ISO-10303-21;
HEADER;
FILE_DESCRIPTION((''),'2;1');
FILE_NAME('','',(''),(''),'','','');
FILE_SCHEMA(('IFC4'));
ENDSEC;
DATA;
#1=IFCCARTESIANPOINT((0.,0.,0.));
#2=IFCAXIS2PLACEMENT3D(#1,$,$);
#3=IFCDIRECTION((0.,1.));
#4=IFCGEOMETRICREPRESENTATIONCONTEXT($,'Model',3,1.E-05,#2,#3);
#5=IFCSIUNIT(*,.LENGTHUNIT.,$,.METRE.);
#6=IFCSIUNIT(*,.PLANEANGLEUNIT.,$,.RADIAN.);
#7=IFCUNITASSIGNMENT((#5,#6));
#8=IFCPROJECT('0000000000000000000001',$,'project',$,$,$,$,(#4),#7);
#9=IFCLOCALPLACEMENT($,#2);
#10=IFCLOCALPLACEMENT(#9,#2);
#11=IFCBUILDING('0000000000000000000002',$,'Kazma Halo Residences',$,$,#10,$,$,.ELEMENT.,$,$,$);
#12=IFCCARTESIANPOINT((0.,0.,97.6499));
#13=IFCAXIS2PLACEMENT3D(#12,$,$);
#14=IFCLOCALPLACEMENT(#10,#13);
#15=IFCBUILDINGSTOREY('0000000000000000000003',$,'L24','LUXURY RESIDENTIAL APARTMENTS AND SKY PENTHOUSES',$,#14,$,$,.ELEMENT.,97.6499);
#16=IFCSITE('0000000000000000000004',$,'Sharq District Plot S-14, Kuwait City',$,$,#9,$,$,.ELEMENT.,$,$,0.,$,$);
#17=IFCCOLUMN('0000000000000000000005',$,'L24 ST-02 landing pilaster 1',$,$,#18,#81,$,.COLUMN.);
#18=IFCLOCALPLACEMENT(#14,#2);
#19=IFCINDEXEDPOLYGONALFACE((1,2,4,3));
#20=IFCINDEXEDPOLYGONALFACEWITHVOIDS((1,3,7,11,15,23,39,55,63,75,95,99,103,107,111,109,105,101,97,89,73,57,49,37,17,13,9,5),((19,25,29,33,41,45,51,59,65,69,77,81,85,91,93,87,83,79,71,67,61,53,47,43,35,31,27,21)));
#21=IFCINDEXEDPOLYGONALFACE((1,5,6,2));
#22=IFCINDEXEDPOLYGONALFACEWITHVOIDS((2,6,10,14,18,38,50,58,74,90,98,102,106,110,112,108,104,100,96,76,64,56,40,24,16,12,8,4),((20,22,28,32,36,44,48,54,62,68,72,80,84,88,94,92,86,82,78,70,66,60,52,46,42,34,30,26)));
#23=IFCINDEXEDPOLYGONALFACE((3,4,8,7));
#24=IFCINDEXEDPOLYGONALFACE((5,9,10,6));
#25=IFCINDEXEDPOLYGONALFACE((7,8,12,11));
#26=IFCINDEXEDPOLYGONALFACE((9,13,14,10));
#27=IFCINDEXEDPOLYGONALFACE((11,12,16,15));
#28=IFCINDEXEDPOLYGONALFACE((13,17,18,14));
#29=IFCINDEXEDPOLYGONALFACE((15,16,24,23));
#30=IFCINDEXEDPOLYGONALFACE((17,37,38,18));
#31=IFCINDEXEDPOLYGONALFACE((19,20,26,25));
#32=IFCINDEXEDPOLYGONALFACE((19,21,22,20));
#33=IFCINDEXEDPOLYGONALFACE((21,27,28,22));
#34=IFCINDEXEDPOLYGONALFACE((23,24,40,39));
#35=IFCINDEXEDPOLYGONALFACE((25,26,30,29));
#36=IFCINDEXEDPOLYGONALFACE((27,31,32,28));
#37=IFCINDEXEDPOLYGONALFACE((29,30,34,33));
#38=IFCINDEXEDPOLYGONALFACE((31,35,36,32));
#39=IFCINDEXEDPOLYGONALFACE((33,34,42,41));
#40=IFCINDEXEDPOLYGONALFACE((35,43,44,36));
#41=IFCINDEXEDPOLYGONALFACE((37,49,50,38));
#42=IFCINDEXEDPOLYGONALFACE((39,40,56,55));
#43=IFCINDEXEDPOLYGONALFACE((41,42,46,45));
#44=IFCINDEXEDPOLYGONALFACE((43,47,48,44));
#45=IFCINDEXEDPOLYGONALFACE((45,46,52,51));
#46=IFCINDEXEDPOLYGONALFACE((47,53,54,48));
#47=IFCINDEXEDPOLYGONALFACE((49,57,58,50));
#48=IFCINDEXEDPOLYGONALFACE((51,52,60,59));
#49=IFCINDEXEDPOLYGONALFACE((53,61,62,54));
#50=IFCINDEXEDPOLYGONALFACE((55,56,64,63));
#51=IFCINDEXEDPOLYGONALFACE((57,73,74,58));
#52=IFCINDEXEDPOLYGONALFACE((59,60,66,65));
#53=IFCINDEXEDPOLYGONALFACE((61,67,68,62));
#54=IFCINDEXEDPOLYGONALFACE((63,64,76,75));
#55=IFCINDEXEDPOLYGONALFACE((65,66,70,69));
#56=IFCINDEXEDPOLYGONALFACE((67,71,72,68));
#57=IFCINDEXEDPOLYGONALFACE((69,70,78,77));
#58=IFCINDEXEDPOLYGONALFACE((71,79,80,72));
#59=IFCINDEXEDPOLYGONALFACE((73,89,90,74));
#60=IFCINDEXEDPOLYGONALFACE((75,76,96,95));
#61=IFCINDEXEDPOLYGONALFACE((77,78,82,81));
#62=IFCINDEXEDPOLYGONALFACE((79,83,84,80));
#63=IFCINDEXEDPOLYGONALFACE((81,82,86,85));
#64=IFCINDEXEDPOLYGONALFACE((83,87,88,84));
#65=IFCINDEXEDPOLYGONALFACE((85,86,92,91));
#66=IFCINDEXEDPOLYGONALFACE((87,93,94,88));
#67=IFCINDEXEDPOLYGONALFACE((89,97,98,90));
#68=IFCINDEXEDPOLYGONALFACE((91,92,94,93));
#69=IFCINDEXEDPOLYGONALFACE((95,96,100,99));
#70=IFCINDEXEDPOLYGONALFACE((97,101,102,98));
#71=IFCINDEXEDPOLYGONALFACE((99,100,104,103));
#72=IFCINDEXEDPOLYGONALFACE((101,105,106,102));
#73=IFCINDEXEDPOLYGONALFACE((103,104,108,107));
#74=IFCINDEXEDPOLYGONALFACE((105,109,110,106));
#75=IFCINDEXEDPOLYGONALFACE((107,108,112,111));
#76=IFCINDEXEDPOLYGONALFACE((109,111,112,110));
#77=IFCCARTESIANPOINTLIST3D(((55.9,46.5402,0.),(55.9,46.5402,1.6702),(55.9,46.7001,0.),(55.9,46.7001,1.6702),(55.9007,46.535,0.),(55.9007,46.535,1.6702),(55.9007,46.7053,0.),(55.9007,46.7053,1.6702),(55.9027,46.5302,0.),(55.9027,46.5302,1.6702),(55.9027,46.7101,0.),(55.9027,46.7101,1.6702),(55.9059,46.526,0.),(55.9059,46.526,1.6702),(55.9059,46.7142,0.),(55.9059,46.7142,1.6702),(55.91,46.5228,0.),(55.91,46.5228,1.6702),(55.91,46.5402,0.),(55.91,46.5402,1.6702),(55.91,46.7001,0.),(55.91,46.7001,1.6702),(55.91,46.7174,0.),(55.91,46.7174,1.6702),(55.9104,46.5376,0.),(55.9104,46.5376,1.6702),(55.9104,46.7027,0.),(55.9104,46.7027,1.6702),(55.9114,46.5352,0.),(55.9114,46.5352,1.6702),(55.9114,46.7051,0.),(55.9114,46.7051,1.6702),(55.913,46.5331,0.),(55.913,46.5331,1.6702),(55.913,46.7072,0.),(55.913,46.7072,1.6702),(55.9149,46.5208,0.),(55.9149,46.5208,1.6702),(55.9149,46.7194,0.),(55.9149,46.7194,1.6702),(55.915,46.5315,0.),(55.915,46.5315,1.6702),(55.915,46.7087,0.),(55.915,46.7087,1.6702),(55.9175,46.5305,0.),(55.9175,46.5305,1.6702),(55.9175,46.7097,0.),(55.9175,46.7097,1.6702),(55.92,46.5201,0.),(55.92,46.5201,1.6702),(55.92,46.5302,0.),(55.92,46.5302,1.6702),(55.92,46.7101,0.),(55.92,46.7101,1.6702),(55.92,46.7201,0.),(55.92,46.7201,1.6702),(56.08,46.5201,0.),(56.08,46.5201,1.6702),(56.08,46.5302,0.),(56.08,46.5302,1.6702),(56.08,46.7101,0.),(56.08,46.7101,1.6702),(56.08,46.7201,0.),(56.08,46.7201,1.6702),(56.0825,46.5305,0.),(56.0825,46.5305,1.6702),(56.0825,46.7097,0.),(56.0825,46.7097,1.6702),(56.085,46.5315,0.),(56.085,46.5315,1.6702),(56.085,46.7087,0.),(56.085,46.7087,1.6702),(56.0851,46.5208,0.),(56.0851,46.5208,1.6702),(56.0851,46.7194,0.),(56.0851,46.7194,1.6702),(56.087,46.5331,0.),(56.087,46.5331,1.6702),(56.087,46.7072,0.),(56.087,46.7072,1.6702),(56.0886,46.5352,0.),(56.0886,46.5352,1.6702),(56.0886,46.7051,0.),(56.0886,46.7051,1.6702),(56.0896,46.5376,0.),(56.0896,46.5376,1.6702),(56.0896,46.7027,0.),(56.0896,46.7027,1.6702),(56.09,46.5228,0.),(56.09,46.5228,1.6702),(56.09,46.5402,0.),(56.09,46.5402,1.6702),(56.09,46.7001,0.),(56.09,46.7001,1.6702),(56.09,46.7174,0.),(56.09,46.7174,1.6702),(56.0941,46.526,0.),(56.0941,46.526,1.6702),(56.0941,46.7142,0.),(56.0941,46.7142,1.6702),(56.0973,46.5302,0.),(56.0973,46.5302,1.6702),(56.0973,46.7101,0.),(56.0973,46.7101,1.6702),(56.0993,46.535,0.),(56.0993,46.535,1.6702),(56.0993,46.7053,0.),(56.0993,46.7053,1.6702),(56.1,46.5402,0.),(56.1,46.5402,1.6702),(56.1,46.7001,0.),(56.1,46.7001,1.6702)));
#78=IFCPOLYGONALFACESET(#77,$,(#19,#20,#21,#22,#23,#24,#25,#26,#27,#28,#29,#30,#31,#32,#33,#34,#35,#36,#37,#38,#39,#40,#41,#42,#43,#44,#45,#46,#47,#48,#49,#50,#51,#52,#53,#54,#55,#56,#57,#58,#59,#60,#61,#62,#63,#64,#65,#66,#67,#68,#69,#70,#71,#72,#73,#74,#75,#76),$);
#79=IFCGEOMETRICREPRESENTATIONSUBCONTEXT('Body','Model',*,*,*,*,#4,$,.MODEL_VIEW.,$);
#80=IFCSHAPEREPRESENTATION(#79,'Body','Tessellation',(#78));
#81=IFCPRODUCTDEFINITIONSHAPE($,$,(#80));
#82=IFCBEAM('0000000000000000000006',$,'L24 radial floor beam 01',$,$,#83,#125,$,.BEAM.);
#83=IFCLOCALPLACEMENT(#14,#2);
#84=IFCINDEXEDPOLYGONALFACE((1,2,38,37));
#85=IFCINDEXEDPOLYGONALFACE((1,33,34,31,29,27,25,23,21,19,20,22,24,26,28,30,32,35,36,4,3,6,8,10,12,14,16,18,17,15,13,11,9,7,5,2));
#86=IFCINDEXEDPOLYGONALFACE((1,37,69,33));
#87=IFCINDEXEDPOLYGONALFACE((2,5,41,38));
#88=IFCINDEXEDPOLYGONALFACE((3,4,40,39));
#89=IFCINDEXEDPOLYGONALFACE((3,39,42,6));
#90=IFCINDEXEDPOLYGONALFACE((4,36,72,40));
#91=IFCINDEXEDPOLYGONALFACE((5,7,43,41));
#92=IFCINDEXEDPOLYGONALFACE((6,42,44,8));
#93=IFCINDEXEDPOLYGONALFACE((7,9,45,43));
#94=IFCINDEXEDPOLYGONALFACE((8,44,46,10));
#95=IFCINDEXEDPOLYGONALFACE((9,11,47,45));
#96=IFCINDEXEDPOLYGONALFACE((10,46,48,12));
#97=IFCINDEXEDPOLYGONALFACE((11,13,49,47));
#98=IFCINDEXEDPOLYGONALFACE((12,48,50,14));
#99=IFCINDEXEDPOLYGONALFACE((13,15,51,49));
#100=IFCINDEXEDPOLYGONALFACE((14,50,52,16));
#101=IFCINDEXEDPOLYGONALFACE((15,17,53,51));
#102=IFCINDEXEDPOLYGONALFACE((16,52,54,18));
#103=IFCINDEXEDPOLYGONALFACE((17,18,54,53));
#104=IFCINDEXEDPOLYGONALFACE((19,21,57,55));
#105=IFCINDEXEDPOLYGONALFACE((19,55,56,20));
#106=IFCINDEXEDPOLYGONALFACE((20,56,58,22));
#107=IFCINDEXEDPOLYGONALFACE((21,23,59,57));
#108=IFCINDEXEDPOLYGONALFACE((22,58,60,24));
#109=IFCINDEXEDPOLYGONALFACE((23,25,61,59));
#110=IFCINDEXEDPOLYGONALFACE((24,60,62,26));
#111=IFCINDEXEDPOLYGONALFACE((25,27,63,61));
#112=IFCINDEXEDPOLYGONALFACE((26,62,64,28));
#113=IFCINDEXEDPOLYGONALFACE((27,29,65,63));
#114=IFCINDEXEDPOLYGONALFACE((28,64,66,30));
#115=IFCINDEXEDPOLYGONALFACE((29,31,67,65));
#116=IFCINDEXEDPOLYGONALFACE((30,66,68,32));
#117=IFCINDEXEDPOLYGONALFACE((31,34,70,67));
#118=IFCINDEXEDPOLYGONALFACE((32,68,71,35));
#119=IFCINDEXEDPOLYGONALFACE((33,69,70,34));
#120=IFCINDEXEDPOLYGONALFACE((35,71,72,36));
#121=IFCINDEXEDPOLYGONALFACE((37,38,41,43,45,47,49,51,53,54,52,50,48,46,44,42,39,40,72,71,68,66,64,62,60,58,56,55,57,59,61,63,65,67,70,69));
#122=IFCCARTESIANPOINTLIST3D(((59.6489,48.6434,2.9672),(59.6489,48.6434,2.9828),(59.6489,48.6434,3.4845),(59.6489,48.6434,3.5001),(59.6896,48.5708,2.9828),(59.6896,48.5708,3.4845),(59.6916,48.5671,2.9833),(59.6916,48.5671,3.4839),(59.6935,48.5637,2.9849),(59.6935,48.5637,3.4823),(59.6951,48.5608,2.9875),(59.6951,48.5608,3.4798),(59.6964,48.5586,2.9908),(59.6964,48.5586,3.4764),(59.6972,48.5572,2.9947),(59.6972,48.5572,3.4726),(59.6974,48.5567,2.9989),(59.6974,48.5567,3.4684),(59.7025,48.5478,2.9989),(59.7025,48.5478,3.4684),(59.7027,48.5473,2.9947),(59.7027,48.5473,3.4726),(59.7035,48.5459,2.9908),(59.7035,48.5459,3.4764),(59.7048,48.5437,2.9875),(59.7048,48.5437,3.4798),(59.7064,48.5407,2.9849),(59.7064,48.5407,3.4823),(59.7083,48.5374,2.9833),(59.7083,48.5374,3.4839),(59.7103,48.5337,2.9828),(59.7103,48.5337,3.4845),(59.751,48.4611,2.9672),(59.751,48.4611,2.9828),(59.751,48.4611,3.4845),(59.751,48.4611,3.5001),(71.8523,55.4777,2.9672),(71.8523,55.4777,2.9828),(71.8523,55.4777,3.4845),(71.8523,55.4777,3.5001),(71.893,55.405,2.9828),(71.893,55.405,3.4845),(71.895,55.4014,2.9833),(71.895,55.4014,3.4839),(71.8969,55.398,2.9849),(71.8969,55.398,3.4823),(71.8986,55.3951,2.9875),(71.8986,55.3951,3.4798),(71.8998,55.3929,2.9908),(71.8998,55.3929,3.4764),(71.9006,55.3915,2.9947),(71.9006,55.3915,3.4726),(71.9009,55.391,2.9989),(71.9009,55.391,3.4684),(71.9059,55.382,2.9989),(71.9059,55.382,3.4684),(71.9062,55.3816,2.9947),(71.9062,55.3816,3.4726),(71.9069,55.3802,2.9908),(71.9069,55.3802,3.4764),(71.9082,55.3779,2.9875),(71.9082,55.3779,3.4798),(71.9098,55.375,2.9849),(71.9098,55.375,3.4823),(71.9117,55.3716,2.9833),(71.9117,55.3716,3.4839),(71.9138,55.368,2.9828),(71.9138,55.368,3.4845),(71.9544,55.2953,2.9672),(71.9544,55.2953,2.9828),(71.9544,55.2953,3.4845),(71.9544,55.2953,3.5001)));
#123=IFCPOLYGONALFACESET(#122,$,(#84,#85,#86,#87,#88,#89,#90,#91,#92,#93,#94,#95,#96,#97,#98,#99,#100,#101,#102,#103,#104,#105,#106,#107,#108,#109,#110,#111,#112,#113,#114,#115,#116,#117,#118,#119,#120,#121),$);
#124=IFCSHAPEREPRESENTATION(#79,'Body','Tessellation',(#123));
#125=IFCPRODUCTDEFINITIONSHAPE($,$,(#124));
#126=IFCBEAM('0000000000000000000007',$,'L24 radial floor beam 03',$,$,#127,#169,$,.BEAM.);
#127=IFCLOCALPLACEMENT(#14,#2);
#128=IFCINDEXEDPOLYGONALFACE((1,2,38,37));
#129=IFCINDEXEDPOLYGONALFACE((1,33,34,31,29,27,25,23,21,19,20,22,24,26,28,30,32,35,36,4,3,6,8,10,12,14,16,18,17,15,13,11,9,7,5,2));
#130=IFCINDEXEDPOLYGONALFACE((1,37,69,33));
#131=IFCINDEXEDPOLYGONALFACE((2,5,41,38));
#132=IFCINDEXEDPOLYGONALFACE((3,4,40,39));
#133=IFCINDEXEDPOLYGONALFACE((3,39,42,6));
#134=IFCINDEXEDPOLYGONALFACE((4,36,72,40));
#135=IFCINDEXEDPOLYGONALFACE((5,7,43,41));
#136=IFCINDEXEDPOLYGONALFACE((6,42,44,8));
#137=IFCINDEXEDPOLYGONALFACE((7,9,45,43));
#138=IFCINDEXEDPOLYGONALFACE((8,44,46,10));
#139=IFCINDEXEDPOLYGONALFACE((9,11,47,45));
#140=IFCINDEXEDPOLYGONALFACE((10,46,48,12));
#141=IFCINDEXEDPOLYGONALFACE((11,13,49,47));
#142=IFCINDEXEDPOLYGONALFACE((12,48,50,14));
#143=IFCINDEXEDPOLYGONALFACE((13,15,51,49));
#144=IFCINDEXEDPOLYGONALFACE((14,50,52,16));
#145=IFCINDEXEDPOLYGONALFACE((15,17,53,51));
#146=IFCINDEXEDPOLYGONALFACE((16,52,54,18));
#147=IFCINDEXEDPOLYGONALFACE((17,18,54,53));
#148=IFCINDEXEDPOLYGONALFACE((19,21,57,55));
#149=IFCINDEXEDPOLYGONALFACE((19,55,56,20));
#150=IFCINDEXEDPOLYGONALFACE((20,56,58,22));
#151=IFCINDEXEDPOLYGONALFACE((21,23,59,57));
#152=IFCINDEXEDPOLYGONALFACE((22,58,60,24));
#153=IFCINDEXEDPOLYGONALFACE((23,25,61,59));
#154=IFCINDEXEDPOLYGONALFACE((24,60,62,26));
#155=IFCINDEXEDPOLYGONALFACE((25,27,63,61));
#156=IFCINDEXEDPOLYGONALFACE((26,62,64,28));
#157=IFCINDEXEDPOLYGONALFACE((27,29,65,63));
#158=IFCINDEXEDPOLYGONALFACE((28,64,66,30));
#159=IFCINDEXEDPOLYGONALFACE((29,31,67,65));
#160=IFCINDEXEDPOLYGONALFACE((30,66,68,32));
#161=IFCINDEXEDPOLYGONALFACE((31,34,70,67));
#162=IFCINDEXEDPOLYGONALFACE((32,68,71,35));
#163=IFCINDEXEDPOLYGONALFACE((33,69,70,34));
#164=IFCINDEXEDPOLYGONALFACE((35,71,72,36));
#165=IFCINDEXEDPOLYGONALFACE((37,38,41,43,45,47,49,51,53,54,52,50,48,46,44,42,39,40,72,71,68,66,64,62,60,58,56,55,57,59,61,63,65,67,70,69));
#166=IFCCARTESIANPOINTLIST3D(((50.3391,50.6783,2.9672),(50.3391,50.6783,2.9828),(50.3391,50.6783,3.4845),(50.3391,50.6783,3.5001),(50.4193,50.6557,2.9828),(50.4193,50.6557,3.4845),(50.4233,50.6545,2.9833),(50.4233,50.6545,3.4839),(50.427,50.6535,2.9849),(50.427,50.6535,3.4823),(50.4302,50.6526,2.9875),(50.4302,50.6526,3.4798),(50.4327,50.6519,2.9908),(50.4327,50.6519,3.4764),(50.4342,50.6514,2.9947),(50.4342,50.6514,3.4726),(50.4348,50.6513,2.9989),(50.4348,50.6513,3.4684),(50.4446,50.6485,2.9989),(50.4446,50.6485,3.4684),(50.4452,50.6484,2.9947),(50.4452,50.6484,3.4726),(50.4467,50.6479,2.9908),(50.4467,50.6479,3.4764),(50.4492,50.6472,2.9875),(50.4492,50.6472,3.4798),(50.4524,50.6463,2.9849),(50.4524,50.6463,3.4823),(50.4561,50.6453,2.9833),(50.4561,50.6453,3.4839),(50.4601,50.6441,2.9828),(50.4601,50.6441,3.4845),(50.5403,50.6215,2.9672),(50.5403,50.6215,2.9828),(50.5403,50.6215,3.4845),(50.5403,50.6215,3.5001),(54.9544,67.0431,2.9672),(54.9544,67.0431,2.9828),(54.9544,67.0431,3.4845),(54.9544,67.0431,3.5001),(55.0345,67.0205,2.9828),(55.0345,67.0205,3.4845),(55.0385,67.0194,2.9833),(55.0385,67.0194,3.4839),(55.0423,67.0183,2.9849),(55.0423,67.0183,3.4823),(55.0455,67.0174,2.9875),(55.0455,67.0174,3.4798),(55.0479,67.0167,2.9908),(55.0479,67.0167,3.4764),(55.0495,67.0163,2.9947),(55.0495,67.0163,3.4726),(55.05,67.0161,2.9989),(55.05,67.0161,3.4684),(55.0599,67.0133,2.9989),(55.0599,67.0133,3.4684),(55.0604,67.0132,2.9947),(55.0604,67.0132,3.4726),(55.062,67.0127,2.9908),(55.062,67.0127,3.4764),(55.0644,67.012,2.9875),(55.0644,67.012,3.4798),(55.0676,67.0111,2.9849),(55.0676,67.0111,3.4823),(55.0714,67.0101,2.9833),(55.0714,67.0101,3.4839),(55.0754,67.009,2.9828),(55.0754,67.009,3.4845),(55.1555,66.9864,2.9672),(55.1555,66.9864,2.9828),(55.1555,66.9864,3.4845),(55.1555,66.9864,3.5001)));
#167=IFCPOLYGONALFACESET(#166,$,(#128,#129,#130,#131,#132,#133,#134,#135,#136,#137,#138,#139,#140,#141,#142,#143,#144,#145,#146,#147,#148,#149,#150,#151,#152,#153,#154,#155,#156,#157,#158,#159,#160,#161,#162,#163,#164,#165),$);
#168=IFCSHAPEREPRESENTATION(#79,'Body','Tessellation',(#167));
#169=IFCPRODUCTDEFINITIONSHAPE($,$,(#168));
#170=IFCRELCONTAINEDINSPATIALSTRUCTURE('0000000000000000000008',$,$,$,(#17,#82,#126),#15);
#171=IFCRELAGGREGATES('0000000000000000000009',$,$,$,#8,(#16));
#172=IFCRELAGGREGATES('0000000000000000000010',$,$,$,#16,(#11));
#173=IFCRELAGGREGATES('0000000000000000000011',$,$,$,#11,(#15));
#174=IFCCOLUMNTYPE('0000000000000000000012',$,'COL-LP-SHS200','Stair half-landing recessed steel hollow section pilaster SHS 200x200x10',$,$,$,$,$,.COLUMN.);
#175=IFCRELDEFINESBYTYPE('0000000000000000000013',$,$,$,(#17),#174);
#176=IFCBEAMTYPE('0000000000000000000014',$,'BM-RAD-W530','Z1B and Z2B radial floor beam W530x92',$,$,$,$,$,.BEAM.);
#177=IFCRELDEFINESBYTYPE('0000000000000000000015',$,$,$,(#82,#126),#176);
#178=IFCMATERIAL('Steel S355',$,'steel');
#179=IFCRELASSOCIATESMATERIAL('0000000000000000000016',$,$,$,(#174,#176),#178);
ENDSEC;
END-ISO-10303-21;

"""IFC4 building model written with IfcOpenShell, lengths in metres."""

from ifc_helpers import new_model, si_unit, direction, frame, origin, origin_2d, place, context, subcontext, project, spatial, hollow_rectangle, i_section, extrude, material, material_profile, profile_set, type_object, element, save


model = new_model("IFC4")

# Units and contexts
model_context = context("Model", 3, precision=1e-05, world=origin(), true_north=direction((0.0, 1.0)))
body_context = subcontext(model_context, "Body", "Model", "MODEL_VIEW")
ifc_project = project(units=[si_unit("LENGTHUNIT", "METRE"), si_unit("PLANEANGLEUNIT", "RADIAN")], contexts=[model_context])

# Site, building, storey
site_placement = place(None, origin())
site = spatial("IfcSite", under=ifc_project, at=site_placement, Name="Sharq District Plot S-14, Kuwait City", CompositionType="ELEMENT", RefElevation=0.0)
building_placement = place(site_placement, origin())
building = spatial("IfcBuilding", under=site, at=building_placement, Name="Kazma Halo Residences", CompositionType="ELEMENT")
storey_placement = place(building_placement, frame((0.0, 0.0, 97.6499)))
storey = spatial("IfcBuildingStorey", under=building, at=storey_placement, Name="L24", Description="LUXURY RESIDENTIAL APARTMENTS AND SKY PENTHOUSES", CompositionType="ELEMENT", Elevation=97.6499)

# Column
ifc_material_1 = material(Name="Steel S355", Category="steel")
ifc_material_profile_1 = material_profile(ifc_material_1, hollow_rectangle(XDim=0.2, YDim=0.2, WallThickness=0.01, InnerFilletRadius=0.01, OuterFilletRadius=0.02, at=origin_2d()), Name="SHS200x200x10")
ifc_profile_set_1 = profile_set([ifc_material_profile_1], Name="Steel S355")
column_type = type_object("IfcColumnType", Name="COL-LP-SHS200", Description="Stair half-landing recessed steel hollow section pilaster SHS 200x200x10", PredefinedType="COLUMN", material=ifc_profile_set_1)
column_placement = place(storey_placement, frame((56.0, 46.6201, 0.0), z_axis=(0.0, 0.0, 1.0), x_axis=(1.0, 0.0, 0.0)))
element("IfcColumn", 1, at=column_placement, inside=storey, type_object=column_type, Name="L24 ST-02 landing pilaster 1", PredefinedType="COLUMN", context=body_context, shape_type="SweptSolid", body=[
    extrude(hollow_rectangle(XDim=0.2, YDim=0.2, WallThickness=0.01, InnerFilletRadius=0.01, OuterFilletRadius=0.02, at=origin_2d()), origin(), (0.0, 0.0, 1.0), 1.6702),
])

# Beams
ifc_material_profile_2 = material_profile(ifc_material_1, i_section(OverallWidth=0.209, OverallDepth=0.533, WebThickness=0.0103, FlangeThickness=0.0156, FilletRadius=0.0161, at=origin_2d()), Name="W530x92")
ifc_profile_set_2 = profile_set([ifc_material_profile_2], Name="Steel S355")
beam_type_1 = type_object("IfcBeamType", Name="BM-RAD-W530", Description="Z1B and Z2B radial floor beam W530x92", PredefinedType="BEAM", material=ifc_profile_set_2)
beam_1_placement = place(storey_placement, frame((59.7, 48.5522, 3.2336), z_axis=(0.872496, 0.488622, 0.0), x_axis=(-0.488622, 0.872496, 0.0)))
element("IfcBeam", 2, at=beam_1_placement, inside=storey, type_object=beam_type_1, Name="L24 radial floor beam 01", PredefinedType="BEAM", context=body_context, shape_type="SweptSolid", body=[
    extrude(i_section(OverallWidth=0.209, OverallDepth=0.533, WebThickness=0.0103, FlangeThickness=0.0156, FilletRadius=0.0161, at=origin_2d()), origin(), (0.0, 0.0, 1.0), 13.9868),
])
beam_2_placement = place(storey_placement, frame((50.4397, 50.6499, 3.2336), z_axis=(0.271435, 0.962457, 0.0), x_axis=(-0.962457, 0.271435, 0.0)))
element("IfcBeam", 3, at=beam_2_placement, inside=storey, type_object=beam_type_1, Name="L24 radial floor beam 03", PredefinedType="BEAM", context=body_context, shape_type="SweptSolid", body=[
    extrude(i_section(OverallWidth=0.209, OverallDepth=0.533, WebThickness=0.0103, FlangeThickness=0.0156, FilletRadius=0.0161, at=origin_2d()), origin(), (0.0, 0.0, 1.0), 17.0032),
])

save(model, "model.ifc")
